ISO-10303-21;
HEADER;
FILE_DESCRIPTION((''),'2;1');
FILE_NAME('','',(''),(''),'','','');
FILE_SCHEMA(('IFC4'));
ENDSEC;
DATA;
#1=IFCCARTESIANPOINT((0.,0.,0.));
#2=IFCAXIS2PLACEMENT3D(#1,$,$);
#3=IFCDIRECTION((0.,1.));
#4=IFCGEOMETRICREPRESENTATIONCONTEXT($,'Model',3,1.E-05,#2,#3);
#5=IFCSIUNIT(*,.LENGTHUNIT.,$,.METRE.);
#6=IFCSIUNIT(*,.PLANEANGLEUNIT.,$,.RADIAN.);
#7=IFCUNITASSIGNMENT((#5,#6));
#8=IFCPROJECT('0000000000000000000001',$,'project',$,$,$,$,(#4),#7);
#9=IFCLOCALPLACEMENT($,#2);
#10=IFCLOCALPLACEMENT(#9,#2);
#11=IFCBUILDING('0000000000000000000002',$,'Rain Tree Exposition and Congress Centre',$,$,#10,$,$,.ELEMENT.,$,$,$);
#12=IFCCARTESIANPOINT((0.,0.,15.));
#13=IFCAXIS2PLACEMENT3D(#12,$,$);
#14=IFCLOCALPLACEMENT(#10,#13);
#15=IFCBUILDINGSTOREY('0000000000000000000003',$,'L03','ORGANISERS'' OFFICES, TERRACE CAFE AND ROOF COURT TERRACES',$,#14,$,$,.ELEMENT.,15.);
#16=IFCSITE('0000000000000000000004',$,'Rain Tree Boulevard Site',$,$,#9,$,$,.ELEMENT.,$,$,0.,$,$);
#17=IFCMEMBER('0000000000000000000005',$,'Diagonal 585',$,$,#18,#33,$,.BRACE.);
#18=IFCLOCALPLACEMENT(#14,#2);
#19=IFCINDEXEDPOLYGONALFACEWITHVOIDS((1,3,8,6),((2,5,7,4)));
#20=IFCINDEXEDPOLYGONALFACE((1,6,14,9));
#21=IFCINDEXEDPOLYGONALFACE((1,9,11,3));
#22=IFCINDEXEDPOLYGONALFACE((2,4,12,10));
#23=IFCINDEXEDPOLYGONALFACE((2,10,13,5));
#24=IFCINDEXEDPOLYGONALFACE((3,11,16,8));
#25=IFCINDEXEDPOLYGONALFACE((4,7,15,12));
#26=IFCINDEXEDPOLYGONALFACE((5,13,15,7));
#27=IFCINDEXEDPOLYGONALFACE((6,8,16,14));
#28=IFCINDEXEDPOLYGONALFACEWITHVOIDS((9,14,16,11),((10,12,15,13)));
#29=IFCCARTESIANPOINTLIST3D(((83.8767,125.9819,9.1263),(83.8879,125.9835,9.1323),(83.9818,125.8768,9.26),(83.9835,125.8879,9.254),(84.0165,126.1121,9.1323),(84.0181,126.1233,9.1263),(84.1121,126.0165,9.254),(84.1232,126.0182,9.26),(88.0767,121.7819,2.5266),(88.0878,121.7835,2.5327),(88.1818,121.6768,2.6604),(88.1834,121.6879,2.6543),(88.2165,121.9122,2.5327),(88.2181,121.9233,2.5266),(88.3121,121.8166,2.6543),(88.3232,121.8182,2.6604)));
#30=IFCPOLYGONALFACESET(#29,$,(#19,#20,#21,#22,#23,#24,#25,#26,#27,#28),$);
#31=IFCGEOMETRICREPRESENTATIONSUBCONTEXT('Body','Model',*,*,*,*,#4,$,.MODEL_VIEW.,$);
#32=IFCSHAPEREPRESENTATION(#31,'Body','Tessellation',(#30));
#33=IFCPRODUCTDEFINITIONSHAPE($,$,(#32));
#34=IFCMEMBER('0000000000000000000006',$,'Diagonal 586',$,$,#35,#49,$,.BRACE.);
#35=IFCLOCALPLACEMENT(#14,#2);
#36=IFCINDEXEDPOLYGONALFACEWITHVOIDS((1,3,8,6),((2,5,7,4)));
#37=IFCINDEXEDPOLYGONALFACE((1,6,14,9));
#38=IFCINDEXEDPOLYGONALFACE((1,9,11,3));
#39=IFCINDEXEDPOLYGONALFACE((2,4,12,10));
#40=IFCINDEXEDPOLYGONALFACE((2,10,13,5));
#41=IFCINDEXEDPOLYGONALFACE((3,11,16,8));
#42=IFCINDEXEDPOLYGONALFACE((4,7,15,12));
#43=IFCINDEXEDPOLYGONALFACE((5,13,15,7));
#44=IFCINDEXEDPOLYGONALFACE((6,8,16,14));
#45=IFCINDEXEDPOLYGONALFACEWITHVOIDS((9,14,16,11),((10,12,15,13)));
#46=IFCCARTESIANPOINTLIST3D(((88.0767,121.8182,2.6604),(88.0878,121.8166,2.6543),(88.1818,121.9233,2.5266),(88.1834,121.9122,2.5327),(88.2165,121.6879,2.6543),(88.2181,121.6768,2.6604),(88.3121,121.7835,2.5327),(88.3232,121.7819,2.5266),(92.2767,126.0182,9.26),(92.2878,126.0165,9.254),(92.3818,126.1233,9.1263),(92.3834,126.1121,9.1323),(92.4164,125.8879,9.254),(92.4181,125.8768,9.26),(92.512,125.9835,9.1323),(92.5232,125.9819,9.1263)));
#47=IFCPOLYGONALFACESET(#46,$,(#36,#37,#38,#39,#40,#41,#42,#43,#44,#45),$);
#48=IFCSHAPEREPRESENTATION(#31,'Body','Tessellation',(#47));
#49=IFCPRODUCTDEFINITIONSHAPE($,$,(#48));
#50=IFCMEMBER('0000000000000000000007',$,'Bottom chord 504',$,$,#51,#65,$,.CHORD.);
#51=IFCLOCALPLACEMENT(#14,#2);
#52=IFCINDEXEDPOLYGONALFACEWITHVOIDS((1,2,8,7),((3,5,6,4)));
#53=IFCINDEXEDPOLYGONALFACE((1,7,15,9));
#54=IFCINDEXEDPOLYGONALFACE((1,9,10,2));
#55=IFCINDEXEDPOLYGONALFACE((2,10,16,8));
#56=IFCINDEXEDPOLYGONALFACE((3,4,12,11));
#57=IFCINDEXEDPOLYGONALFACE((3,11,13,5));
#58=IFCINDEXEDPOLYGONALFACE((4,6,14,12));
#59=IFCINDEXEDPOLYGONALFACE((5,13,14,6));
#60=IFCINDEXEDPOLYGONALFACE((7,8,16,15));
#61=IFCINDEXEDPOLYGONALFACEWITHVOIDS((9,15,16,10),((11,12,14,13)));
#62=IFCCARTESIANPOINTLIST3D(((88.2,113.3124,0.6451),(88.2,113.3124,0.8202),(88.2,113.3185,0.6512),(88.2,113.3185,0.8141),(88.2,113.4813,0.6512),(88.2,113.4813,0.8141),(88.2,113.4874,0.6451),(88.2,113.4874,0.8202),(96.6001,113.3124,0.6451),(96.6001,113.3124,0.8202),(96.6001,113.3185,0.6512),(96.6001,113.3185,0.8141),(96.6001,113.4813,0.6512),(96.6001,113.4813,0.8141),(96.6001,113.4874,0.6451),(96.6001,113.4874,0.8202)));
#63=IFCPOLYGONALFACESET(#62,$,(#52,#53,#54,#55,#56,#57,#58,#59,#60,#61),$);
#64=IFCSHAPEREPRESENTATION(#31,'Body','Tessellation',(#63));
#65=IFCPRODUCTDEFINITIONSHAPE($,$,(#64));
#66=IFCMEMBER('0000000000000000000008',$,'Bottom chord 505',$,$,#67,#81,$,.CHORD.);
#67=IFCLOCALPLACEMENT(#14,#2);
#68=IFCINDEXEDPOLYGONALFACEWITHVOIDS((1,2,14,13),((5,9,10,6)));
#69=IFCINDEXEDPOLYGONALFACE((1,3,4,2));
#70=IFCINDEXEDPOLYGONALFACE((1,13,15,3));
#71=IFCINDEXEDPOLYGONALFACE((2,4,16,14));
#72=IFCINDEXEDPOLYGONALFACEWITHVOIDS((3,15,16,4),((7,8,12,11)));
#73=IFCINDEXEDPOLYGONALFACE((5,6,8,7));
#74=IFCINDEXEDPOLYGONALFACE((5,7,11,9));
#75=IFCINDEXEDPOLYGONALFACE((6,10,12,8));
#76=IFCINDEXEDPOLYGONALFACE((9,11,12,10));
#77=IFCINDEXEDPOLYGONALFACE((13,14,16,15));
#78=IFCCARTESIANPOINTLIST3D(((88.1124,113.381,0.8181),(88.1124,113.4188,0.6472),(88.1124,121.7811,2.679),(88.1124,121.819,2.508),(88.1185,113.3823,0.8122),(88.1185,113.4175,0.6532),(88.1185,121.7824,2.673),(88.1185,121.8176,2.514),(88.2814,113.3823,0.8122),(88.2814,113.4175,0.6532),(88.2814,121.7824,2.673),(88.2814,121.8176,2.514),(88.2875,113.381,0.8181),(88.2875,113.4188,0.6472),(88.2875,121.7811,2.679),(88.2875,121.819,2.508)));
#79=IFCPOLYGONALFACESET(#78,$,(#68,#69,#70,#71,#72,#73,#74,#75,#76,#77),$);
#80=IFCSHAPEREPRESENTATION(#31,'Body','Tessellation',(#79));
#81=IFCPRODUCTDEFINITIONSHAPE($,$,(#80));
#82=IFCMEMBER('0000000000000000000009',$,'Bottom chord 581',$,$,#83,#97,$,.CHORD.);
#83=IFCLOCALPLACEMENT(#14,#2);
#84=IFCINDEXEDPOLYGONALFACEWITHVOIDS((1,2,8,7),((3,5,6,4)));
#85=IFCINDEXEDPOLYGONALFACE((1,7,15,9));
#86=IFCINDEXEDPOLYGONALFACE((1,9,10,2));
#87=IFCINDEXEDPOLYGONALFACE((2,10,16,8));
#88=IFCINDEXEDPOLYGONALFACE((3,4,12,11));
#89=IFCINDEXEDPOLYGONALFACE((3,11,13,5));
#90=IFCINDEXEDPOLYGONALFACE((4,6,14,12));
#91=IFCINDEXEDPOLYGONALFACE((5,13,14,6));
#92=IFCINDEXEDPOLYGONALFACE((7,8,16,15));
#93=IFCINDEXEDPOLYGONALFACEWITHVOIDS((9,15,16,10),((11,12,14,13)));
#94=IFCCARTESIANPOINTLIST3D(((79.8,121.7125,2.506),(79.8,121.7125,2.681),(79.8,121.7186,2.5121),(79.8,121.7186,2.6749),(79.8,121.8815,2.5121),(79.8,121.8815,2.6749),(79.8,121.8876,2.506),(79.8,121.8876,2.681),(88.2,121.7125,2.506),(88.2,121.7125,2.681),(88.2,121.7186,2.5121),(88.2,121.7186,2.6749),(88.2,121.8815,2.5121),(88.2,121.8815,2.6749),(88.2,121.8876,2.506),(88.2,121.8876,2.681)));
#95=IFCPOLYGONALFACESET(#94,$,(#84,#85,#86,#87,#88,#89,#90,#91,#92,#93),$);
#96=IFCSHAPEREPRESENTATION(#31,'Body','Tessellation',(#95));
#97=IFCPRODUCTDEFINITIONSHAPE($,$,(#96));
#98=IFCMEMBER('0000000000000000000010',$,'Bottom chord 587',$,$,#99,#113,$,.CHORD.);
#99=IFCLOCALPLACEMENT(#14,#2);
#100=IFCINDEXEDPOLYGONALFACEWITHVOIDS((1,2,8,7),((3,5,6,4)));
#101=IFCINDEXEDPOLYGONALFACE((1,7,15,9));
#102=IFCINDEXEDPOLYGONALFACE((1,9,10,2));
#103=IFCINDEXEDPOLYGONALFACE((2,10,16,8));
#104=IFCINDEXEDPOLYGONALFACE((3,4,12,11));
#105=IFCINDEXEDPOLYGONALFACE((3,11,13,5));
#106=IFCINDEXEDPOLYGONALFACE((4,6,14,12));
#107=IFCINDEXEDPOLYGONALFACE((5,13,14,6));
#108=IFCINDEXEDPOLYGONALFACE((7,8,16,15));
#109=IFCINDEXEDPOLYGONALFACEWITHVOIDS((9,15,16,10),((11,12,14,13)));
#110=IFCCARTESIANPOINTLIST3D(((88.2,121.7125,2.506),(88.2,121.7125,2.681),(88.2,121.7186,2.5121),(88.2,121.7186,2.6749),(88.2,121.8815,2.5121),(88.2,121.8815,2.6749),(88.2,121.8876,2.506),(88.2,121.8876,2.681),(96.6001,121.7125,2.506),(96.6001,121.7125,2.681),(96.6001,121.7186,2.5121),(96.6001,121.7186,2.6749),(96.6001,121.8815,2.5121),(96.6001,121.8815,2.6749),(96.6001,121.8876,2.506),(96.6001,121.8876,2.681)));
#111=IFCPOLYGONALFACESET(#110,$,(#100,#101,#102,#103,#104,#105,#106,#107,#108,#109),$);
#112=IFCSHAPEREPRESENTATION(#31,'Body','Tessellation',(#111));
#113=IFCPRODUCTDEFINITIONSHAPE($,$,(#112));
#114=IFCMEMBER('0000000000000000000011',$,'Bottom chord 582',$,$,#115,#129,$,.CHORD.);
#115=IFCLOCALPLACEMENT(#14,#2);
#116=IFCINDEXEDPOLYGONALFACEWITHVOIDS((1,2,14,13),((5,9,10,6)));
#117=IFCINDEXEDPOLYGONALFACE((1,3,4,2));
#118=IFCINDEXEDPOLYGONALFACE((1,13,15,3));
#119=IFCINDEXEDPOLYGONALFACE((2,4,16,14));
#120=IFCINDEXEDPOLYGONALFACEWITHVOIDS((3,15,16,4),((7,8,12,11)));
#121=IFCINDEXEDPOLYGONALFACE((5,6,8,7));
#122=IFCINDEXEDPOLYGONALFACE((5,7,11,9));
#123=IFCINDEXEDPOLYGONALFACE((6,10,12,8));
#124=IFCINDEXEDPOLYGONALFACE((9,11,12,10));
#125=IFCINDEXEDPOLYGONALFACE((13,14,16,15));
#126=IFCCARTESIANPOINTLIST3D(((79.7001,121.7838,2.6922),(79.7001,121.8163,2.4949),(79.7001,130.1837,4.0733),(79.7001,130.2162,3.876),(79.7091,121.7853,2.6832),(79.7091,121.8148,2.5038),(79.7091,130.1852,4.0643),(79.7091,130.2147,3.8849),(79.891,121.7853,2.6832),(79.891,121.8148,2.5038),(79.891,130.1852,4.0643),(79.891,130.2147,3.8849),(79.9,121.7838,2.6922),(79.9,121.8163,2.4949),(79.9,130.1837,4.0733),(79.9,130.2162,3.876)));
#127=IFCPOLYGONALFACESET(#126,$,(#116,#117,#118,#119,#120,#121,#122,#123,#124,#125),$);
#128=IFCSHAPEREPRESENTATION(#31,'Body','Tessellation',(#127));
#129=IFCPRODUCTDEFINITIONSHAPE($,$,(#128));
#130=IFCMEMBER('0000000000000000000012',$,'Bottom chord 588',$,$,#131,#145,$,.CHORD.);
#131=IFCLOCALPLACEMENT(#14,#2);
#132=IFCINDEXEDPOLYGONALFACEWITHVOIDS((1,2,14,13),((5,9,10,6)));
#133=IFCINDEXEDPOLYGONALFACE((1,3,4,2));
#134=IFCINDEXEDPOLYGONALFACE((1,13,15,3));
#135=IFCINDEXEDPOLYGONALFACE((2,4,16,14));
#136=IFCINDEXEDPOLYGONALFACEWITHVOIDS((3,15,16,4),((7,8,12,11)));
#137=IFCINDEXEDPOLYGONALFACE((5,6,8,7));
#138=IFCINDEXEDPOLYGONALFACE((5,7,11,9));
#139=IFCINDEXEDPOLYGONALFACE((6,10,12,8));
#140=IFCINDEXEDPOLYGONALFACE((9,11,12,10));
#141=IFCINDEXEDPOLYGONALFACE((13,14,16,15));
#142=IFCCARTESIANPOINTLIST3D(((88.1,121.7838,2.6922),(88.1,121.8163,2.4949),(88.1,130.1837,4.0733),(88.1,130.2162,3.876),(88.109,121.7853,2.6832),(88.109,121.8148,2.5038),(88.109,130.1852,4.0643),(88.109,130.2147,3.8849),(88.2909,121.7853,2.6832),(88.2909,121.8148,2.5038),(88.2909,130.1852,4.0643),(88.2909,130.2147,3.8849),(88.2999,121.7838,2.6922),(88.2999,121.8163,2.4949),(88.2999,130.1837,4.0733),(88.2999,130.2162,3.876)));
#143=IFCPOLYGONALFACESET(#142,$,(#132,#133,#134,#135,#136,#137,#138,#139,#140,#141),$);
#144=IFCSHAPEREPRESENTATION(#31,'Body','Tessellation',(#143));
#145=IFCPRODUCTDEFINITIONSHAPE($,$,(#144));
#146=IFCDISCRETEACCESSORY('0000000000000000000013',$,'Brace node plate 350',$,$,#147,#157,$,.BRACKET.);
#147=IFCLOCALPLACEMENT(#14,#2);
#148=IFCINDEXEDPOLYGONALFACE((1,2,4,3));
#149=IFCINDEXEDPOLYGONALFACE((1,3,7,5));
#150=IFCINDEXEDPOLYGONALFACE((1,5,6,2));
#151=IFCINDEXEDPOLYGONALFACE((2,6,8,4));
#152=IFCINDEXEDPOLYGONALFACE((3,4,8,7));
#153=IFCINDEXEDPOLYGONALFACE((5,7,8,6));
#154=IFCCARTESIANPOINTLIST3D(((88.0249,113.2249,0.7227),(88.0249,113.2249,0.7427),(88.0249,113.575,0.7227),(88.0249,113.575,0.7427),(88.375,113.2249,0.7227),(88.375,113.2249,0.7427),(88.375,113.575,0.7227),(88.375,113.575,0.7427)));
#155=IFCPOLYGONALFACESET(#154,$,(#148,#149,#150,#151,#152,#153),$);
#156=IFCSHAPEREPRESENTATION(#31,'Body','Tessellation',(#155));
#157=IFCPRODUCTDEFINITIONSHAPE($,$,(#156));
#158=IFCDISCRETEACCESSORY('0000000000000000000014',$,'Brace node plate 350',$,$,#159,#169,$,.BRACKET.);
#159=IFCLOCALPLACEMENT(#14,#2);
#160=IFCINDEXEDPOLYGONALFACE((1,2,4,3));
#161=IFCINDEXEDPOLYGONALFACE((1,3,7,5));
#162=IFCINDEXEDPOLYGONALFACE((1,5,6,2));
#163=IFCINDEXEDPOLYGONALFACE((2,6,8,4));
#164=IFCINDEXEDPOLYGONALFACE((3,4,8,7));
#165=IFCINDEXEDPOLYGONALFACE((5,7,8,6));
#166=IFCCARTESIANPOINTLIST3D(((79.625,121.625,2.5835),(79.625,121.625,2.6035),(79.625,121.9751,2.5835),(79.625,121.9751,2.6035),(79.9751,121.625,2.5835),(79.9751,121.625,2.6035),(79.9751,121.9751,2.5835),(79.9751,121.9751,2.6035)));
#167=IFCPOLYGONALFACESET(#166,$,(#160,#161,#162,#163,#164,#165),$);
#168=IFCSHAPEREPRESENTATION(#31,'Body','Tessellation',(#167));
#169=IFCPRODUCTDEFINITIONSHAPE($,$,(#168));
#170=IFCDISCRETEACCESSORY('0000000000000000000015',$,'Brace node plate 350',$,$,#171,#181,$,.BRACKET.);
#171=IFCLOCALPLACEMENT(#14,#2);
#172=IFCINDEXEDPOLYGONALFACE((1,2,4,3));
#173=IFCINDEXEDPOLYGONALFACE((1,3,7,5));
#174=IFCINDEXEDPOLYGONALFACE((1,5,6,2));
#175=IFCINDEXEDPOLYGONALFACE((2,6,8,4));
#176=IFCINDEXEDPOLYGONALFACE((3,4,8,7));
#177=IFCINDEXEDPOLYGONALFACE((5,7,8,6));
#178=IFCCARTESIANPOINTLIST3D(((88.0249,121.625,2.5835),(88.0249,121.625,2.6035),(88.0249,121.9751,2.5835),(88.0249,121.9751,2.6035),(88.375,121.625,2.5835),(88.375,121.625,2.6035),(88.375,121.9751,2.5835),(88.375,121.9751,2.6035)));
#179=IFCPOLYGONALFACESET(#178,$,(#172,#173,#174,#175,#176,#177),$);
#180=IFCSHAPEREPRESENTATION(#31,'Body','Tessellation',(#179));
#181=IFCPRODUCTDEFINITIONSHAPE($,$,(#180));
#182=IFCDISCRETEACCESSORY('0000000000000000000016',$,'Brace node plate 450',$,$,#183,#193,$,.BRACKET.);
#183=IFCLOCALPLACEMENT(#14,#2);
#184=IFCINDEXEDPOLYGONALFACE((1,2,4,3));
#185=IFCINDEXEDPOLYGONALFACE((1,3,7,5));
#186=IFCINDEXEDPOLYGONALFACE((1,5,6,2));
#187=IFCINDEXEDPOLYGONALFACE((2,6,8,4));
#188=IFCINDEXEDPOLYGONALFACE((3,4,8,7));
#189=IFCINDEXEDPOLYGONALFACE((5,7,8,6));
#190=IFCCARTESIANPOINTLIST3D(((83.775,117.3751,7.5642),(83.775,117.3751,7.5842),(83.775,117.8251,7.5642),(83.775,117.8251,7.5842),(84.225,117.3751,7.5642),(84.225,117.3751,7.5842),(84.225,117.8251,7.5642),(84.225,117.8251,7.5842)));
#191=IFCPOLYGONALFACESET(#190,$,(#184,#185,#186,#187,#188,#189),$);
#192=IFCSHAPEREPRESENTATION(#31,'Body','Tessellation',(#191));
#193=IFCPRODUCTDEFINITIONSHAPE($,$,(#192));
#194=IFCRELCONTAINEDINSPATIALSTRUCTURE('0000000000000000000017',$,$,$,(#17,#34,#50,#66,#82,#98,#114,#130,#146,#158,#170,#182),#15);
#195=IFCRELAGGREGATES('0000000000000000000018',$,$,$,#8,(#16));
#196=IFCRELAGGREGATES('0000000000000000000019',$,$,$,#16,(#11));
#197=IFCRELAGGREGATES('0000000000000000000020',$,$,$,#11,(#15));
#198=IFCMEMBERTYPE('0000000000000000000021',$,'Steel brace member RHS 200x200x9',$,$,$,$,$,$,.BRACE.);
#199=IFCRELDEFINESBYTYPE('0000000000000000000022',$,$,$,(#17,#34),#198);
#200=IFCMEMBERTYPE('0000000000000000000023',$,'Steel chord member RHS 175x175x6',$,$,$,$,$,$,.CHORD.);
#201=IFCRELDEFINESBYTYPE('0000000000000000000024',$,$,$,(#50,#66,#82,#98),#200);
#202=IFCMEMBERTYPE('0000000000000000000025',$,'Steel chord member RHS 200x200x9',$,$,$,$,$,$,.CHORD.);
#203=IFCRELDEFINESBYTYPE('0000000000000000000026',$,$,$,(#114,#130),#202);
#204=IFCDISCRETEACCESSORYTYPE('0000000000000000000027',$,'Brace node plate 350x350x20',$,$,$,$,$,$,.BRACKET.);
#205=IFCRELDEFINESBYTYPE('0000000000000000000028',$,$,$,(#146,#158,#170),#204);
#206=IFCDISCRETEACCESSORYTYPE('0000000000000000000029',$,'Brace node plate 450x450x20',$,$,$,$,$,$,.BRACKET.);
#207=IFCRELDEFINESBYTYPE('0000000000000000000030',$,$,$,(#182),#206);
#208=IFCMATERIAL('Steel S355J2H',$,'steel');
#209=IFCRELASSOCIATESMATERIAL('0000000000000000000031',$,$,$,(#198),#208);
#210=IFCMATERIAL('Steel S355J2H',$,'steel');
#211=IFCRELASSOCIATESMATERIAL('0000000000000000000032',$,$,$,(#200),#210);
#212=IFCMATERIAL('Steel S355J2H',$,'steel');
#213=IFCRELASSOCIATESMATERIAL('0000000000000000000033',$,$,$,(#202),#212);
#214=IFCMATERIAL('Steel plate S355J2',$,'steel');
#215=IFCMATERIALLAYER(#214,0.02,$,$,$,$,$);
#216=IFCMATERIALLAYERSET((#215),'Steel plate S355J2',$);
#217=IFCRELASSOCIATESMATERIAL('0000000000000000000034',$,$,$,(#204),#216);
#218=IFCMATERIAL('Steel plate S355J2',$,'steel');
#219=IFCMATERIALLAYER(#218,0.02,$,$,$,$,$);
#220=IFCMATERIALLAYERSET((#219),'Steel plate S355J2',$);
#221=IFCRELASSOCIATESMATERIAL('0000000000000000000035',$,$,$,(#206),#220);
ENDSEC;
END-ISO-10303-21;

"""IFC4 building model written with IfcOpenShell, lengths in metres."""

from ifc_helpers import new_model, si_unit, direction, frame, origin, origin_2d, place, context, subcontext, project, spatial, rectangle, hollow_rectangle, extrude, material, layer, layer_set, material_profile, profile_set, type_object, element, save


model = new_model("IFC4")

# Units and contexts
model_context = context("Model", 3, precision=1e-05, world=origin(), true_north=direction((0.0, 1.0)))
body_context = subcontext(model_context, "Body", "Model", "MODEL_VIEW")
ifc_project = project(units=[si_unit("LENGTHUNIT", "METRE"), si_unit("PLANEANGLEUNIT", "RADIAN")], contexts=[model_context])

# Site, building, storey
site_placement = place(None, origin())
site = spatial("IfcSite", under=ifc_project, at=site_placement, Name="Rain Tree Boulevard Site", CompositionType="ELEMENT", RefElevation=0.0)
building_placement = place(site_placement, origin())
building = spatial("IfcBuilding", under=site, at=building_placement, Name="Rain Tree Exposition and Congress Centre", CompositionType="ELEMENT")
storey_placement = place(building_placement, frame((0.0, 0.0, 15.0)))
storey = spatial("IfcBuildingStorey", under=building, at=storey_placement, Name="L03", Description="ORGANISERS' OFFICES, TERRACE CAFE AND ROOF COURT TERRACES", CompositionType="ELEMENT", Elevation=15.0)

# Members
ifc_material_1 = material(Name="Steel S355J2H", Category="steel")
ifc_material_profile_1 = material_profile(ifc_material_1, hollow_rectangle(XDim=0.2, YDim=0.2, WallThickness=0.009, at=origin_2d()), Name="RHS 200x200x9")
ifc_profile_set_1 = profile_set([ifc_material_profile_1], Name="Steel S355J2H")
member_type_1 = type_object("IfcMemberType", Name="Steel brace member RHS 200x200x9", PredefinedType="BRACE", material=ifc_profile_set_1)
for number, where, z_axis, x_axis, name in (
    (1, (88.2, 121.8, 2.5935), (-0.473029, 0.473029, 0.743295), (-0.707107, -0.707107, 0.0), "Diagonal 585"),
    (2, (88.2, 121.8, 2.5935), (0.473029, 0.473029, 0.743295), (-0.707107, 0.707107, 0.0), "Diagonal 586"),
):
    element("IfcMember", number, at=place(storey_placement, frame(where, z_axis=z_axis, x_axis=x_axis)), inside=storey, type_object=member_type_1, Name=name, PredefinedType="BRACE", context=body_context, shape_type="SweptSolid", body=[
        extrude(hollow_rectangle(XDim=0.2, YDim=0.2, WallThickness=0.009, at=origin_2d()), origin(), (0.0, 0.0, 1.0), 8.8789),
    ])
ifc_material_2 = material(Name="Steel S355J2H", Category="steel")
ifc_material_profile_2 = material_profile(ifc_material_2, hollow_rectangle(XDim=0.175, YDim=0.175, WallThickness=0.0061, at=origin_2d()), Name="RHS 175x175x6")
ifc_profile_set_2 = profile_set([ifc_material_profile_2], Name="Steel S355J2H")
member_type_2 = type_object("IfcMemberType", Name="Steel chord member RHS 175x175x6", PredefinedType="CHORD", material=ifc_profile_set_2)
member_1_placement = place(storey_placement, frame((88.2, 113.3999, 0.7327), z_axis=(1.0, 0.0, 0.0), x_axis=(0.0, 1.0, 0.0)))
element("IfcMember", 3, at=member_1_placement, inside=storey, type_object=member_type_2, Name="Bottom chord 504", PredefinedType="CHORD", context=body_context, shape_type="SweptSolid", body=[
    extrude(hollow_rectangle(XDim=0.175, YDim=0.175, WallThickness=0.0061, at=origin_2d()), origin(), (0.0, 0.0, 1.0), 8.4001),
])
member_2_placement = place(storey_placement, frame((88.2, 113.3999, 0.7327), z_axis=(0.0, 0.976331, 0.216281), x_axis=(-1.0, 0.0, 0.0)))
element("IfcMember", 4, at=member_2_placement, inside=storey, type_object=member_type_2, Name="Bottom chord 505", PredefinedType="CHORD", context=body_context, shape_type="SweptSolid", body=[
    extrude(hollow_rectangle(XDim=0.175, YDim=0.175, WallThickness=0.0061, at=origin_2d()), origin(), (0.0, 0.0, 1.0), 8.6038),
])
member_3_placement = place(storey_placement, frame((79.8, 121.8, 2.5935), z_axis=(1.0, 0.0, 0.0), x_axis=(0.0, 1.0, 0.0)))
element("IfcMember", 5, at=member_3_placement, inside=storey, type_object=member_type_2, Name="Bottom chord 581", PredefinedType="CHORD", context=body_context, shape_type="SweptSolid", body=[
    extrude(hollow_rectangle(XDim=0.175, YDim=0.175, WallThickness=0.0061, at=origin_2d()), origin(), (0.0, 0.0, 1.0), 8.3999),
])
member_4_placement = place(storey_placement, frame((88.2, 121.8, 2.5935), z_axis=(1.0, 0.0, 0.0), x_axis=(0.0, 1.0, 0.0)))
element("IfcMember", 6, at=member_4_placement, inside=storey, type_object=member_type_2, Name="Bottom chord 587", PredefinedType="CHORD", context=body_context, shape_type="SweptSolid", body=[
    extrude(hollow_rectangle(XDim=0.175, YDim=0.175, WallThickness=0.0061, at=origin_2d()), origin(), (0.0, 0.0, 1.0), 8.4001),
])
ifc_material_3 = material(Name="Steel S355J2H", Category="steel")
ifc_material_profile_3 = material_profile(ifc_material_3, hollow_rectangle(XDim=0.2, YDim=0.2, WallThickness=0.009, at=origin_2d()), Name="RHS 200x200x9")
ifc_profile_set_3 = profile_set([ifc_material_profile_3], Name="Steel S355J2H")
member_type_3 = type_object("IfcMemberType", Name="Steel chord member RHS 200x200x9", PredefinedType="CHORD", material=ifc_profile_set_3)
for number, where, z_axis, x_axis, name in (
    (7, (79.8, 121.8, 2.5935), (0.0, 0.986751, 0.162241), (-1.0, 0.0, 0.0), "Bottom chord 582"),
    (8, (88.2, 121.8, 2.5935), (0.0, 0.986751, 0.162241), (-1.0, 0.0, 0.0), "Bottom chord 588"),
):
    element("IfcMember", number, at=place(storey_placement, frame(where, z_axis=z_axis, x_axis=x_axis)), inside=storey, type_object=member_type_3, Name=name, PredefinedType="CHORD", context=body_context, shape_type="SweptSolid", body=[
        extrude(hollow_rectangle(XDim=0.2, YDim=0.2, WallThickness=0.009, at=origin_2d()), origin(), (0.0, 0.0, 1.0), 8.5127),
    ])

# Discrete accessories
ifc_material_4 = material(Name="Steel plate S355J2", Category="steel")
ifc_layer_1 = layer(ifc_material_4, 0.02)
ifc_layer_set_1 = layer_set([ifc_layer_1], Name="Steel plate S355J2")
discrete_accessory_type_1 = type_object("IfcDiscreteAccessoryType", Name="Brace node plate 350x350x20", PredefinedType="BRACKET", material=ifc_layer_set_1)
for number, where, z_axis, x_axis, name in (
    (9, (88.2, 113.3999, 0.7227), (0.0, 0.0, 1.0), (1.0, 0.0, 0.0), "Brace node plate 350"),
    (10, (79.8, 121.8, 2.5835), (0.0, 0.0, 1.0), (1.0, 0.0, 0.0), "Brace node plate 350"),
    (11, (88.2, 121.8, 2.5835), (0.0, 0.0, 1.0), (1.0, 0.0, 0.0), "Brace node plate 350"),
):
    element("IfcDiscreteAccessory", number, at=place(storey_placement, frame(where, z_axis=z_axis, x_axis=x_axis)), inside=storey, type_object=discrete_accessory_type_1, Name=name, PredefinedType="BRACKET", context=body_context, shape_type="SweptSolid", body=[
        extrude(rectangle(XDim=0.3501, YDim=0.3501, at=origin_2d()), origin(), (0.0, 0.0, 1.0), 0.02),
    ])
ifc_material_5 = material(Name="Steel plate S355J2", Category="steel")
ifc_layer_2 = layer(ifc_material_5, 0.02)
ifc_layer_set_2 = layer_set([ifc_layer_2], Name="Steel plate S355J2")
discrete_accessory_type_2 = type_object("IfcDiscreteAccessoryType", Name="Brace node plate 450x450x20", PredefinedType="BRACKET", material=ifc_layer_set_2)
for number, where, z_axis, x_axis, name in (
    (12, (84.0, 117.6001, 7.5642), (0.0, 0.0, 1.0), (1.0, 0.0, 0.0), "Brace node plate 450"),
):
    element("IfcDiscreteAccessory", number, at=place(storey_placement, frame(where, z_axis=z_axis, x_axis=x_axis)), inside=storey, type_object=discrete_accessory_type_2, Name=name, PredefinedType="BRACKET", context=body_context, shape_type="SweptSolid", body=[
        extrude(rectangle(XDim=0.45, YDim=0.45, at=origin_2d()), origin(), (0.0, 0.0, 1.0), 0.02),
    ])

save(model, "model.ifc")
